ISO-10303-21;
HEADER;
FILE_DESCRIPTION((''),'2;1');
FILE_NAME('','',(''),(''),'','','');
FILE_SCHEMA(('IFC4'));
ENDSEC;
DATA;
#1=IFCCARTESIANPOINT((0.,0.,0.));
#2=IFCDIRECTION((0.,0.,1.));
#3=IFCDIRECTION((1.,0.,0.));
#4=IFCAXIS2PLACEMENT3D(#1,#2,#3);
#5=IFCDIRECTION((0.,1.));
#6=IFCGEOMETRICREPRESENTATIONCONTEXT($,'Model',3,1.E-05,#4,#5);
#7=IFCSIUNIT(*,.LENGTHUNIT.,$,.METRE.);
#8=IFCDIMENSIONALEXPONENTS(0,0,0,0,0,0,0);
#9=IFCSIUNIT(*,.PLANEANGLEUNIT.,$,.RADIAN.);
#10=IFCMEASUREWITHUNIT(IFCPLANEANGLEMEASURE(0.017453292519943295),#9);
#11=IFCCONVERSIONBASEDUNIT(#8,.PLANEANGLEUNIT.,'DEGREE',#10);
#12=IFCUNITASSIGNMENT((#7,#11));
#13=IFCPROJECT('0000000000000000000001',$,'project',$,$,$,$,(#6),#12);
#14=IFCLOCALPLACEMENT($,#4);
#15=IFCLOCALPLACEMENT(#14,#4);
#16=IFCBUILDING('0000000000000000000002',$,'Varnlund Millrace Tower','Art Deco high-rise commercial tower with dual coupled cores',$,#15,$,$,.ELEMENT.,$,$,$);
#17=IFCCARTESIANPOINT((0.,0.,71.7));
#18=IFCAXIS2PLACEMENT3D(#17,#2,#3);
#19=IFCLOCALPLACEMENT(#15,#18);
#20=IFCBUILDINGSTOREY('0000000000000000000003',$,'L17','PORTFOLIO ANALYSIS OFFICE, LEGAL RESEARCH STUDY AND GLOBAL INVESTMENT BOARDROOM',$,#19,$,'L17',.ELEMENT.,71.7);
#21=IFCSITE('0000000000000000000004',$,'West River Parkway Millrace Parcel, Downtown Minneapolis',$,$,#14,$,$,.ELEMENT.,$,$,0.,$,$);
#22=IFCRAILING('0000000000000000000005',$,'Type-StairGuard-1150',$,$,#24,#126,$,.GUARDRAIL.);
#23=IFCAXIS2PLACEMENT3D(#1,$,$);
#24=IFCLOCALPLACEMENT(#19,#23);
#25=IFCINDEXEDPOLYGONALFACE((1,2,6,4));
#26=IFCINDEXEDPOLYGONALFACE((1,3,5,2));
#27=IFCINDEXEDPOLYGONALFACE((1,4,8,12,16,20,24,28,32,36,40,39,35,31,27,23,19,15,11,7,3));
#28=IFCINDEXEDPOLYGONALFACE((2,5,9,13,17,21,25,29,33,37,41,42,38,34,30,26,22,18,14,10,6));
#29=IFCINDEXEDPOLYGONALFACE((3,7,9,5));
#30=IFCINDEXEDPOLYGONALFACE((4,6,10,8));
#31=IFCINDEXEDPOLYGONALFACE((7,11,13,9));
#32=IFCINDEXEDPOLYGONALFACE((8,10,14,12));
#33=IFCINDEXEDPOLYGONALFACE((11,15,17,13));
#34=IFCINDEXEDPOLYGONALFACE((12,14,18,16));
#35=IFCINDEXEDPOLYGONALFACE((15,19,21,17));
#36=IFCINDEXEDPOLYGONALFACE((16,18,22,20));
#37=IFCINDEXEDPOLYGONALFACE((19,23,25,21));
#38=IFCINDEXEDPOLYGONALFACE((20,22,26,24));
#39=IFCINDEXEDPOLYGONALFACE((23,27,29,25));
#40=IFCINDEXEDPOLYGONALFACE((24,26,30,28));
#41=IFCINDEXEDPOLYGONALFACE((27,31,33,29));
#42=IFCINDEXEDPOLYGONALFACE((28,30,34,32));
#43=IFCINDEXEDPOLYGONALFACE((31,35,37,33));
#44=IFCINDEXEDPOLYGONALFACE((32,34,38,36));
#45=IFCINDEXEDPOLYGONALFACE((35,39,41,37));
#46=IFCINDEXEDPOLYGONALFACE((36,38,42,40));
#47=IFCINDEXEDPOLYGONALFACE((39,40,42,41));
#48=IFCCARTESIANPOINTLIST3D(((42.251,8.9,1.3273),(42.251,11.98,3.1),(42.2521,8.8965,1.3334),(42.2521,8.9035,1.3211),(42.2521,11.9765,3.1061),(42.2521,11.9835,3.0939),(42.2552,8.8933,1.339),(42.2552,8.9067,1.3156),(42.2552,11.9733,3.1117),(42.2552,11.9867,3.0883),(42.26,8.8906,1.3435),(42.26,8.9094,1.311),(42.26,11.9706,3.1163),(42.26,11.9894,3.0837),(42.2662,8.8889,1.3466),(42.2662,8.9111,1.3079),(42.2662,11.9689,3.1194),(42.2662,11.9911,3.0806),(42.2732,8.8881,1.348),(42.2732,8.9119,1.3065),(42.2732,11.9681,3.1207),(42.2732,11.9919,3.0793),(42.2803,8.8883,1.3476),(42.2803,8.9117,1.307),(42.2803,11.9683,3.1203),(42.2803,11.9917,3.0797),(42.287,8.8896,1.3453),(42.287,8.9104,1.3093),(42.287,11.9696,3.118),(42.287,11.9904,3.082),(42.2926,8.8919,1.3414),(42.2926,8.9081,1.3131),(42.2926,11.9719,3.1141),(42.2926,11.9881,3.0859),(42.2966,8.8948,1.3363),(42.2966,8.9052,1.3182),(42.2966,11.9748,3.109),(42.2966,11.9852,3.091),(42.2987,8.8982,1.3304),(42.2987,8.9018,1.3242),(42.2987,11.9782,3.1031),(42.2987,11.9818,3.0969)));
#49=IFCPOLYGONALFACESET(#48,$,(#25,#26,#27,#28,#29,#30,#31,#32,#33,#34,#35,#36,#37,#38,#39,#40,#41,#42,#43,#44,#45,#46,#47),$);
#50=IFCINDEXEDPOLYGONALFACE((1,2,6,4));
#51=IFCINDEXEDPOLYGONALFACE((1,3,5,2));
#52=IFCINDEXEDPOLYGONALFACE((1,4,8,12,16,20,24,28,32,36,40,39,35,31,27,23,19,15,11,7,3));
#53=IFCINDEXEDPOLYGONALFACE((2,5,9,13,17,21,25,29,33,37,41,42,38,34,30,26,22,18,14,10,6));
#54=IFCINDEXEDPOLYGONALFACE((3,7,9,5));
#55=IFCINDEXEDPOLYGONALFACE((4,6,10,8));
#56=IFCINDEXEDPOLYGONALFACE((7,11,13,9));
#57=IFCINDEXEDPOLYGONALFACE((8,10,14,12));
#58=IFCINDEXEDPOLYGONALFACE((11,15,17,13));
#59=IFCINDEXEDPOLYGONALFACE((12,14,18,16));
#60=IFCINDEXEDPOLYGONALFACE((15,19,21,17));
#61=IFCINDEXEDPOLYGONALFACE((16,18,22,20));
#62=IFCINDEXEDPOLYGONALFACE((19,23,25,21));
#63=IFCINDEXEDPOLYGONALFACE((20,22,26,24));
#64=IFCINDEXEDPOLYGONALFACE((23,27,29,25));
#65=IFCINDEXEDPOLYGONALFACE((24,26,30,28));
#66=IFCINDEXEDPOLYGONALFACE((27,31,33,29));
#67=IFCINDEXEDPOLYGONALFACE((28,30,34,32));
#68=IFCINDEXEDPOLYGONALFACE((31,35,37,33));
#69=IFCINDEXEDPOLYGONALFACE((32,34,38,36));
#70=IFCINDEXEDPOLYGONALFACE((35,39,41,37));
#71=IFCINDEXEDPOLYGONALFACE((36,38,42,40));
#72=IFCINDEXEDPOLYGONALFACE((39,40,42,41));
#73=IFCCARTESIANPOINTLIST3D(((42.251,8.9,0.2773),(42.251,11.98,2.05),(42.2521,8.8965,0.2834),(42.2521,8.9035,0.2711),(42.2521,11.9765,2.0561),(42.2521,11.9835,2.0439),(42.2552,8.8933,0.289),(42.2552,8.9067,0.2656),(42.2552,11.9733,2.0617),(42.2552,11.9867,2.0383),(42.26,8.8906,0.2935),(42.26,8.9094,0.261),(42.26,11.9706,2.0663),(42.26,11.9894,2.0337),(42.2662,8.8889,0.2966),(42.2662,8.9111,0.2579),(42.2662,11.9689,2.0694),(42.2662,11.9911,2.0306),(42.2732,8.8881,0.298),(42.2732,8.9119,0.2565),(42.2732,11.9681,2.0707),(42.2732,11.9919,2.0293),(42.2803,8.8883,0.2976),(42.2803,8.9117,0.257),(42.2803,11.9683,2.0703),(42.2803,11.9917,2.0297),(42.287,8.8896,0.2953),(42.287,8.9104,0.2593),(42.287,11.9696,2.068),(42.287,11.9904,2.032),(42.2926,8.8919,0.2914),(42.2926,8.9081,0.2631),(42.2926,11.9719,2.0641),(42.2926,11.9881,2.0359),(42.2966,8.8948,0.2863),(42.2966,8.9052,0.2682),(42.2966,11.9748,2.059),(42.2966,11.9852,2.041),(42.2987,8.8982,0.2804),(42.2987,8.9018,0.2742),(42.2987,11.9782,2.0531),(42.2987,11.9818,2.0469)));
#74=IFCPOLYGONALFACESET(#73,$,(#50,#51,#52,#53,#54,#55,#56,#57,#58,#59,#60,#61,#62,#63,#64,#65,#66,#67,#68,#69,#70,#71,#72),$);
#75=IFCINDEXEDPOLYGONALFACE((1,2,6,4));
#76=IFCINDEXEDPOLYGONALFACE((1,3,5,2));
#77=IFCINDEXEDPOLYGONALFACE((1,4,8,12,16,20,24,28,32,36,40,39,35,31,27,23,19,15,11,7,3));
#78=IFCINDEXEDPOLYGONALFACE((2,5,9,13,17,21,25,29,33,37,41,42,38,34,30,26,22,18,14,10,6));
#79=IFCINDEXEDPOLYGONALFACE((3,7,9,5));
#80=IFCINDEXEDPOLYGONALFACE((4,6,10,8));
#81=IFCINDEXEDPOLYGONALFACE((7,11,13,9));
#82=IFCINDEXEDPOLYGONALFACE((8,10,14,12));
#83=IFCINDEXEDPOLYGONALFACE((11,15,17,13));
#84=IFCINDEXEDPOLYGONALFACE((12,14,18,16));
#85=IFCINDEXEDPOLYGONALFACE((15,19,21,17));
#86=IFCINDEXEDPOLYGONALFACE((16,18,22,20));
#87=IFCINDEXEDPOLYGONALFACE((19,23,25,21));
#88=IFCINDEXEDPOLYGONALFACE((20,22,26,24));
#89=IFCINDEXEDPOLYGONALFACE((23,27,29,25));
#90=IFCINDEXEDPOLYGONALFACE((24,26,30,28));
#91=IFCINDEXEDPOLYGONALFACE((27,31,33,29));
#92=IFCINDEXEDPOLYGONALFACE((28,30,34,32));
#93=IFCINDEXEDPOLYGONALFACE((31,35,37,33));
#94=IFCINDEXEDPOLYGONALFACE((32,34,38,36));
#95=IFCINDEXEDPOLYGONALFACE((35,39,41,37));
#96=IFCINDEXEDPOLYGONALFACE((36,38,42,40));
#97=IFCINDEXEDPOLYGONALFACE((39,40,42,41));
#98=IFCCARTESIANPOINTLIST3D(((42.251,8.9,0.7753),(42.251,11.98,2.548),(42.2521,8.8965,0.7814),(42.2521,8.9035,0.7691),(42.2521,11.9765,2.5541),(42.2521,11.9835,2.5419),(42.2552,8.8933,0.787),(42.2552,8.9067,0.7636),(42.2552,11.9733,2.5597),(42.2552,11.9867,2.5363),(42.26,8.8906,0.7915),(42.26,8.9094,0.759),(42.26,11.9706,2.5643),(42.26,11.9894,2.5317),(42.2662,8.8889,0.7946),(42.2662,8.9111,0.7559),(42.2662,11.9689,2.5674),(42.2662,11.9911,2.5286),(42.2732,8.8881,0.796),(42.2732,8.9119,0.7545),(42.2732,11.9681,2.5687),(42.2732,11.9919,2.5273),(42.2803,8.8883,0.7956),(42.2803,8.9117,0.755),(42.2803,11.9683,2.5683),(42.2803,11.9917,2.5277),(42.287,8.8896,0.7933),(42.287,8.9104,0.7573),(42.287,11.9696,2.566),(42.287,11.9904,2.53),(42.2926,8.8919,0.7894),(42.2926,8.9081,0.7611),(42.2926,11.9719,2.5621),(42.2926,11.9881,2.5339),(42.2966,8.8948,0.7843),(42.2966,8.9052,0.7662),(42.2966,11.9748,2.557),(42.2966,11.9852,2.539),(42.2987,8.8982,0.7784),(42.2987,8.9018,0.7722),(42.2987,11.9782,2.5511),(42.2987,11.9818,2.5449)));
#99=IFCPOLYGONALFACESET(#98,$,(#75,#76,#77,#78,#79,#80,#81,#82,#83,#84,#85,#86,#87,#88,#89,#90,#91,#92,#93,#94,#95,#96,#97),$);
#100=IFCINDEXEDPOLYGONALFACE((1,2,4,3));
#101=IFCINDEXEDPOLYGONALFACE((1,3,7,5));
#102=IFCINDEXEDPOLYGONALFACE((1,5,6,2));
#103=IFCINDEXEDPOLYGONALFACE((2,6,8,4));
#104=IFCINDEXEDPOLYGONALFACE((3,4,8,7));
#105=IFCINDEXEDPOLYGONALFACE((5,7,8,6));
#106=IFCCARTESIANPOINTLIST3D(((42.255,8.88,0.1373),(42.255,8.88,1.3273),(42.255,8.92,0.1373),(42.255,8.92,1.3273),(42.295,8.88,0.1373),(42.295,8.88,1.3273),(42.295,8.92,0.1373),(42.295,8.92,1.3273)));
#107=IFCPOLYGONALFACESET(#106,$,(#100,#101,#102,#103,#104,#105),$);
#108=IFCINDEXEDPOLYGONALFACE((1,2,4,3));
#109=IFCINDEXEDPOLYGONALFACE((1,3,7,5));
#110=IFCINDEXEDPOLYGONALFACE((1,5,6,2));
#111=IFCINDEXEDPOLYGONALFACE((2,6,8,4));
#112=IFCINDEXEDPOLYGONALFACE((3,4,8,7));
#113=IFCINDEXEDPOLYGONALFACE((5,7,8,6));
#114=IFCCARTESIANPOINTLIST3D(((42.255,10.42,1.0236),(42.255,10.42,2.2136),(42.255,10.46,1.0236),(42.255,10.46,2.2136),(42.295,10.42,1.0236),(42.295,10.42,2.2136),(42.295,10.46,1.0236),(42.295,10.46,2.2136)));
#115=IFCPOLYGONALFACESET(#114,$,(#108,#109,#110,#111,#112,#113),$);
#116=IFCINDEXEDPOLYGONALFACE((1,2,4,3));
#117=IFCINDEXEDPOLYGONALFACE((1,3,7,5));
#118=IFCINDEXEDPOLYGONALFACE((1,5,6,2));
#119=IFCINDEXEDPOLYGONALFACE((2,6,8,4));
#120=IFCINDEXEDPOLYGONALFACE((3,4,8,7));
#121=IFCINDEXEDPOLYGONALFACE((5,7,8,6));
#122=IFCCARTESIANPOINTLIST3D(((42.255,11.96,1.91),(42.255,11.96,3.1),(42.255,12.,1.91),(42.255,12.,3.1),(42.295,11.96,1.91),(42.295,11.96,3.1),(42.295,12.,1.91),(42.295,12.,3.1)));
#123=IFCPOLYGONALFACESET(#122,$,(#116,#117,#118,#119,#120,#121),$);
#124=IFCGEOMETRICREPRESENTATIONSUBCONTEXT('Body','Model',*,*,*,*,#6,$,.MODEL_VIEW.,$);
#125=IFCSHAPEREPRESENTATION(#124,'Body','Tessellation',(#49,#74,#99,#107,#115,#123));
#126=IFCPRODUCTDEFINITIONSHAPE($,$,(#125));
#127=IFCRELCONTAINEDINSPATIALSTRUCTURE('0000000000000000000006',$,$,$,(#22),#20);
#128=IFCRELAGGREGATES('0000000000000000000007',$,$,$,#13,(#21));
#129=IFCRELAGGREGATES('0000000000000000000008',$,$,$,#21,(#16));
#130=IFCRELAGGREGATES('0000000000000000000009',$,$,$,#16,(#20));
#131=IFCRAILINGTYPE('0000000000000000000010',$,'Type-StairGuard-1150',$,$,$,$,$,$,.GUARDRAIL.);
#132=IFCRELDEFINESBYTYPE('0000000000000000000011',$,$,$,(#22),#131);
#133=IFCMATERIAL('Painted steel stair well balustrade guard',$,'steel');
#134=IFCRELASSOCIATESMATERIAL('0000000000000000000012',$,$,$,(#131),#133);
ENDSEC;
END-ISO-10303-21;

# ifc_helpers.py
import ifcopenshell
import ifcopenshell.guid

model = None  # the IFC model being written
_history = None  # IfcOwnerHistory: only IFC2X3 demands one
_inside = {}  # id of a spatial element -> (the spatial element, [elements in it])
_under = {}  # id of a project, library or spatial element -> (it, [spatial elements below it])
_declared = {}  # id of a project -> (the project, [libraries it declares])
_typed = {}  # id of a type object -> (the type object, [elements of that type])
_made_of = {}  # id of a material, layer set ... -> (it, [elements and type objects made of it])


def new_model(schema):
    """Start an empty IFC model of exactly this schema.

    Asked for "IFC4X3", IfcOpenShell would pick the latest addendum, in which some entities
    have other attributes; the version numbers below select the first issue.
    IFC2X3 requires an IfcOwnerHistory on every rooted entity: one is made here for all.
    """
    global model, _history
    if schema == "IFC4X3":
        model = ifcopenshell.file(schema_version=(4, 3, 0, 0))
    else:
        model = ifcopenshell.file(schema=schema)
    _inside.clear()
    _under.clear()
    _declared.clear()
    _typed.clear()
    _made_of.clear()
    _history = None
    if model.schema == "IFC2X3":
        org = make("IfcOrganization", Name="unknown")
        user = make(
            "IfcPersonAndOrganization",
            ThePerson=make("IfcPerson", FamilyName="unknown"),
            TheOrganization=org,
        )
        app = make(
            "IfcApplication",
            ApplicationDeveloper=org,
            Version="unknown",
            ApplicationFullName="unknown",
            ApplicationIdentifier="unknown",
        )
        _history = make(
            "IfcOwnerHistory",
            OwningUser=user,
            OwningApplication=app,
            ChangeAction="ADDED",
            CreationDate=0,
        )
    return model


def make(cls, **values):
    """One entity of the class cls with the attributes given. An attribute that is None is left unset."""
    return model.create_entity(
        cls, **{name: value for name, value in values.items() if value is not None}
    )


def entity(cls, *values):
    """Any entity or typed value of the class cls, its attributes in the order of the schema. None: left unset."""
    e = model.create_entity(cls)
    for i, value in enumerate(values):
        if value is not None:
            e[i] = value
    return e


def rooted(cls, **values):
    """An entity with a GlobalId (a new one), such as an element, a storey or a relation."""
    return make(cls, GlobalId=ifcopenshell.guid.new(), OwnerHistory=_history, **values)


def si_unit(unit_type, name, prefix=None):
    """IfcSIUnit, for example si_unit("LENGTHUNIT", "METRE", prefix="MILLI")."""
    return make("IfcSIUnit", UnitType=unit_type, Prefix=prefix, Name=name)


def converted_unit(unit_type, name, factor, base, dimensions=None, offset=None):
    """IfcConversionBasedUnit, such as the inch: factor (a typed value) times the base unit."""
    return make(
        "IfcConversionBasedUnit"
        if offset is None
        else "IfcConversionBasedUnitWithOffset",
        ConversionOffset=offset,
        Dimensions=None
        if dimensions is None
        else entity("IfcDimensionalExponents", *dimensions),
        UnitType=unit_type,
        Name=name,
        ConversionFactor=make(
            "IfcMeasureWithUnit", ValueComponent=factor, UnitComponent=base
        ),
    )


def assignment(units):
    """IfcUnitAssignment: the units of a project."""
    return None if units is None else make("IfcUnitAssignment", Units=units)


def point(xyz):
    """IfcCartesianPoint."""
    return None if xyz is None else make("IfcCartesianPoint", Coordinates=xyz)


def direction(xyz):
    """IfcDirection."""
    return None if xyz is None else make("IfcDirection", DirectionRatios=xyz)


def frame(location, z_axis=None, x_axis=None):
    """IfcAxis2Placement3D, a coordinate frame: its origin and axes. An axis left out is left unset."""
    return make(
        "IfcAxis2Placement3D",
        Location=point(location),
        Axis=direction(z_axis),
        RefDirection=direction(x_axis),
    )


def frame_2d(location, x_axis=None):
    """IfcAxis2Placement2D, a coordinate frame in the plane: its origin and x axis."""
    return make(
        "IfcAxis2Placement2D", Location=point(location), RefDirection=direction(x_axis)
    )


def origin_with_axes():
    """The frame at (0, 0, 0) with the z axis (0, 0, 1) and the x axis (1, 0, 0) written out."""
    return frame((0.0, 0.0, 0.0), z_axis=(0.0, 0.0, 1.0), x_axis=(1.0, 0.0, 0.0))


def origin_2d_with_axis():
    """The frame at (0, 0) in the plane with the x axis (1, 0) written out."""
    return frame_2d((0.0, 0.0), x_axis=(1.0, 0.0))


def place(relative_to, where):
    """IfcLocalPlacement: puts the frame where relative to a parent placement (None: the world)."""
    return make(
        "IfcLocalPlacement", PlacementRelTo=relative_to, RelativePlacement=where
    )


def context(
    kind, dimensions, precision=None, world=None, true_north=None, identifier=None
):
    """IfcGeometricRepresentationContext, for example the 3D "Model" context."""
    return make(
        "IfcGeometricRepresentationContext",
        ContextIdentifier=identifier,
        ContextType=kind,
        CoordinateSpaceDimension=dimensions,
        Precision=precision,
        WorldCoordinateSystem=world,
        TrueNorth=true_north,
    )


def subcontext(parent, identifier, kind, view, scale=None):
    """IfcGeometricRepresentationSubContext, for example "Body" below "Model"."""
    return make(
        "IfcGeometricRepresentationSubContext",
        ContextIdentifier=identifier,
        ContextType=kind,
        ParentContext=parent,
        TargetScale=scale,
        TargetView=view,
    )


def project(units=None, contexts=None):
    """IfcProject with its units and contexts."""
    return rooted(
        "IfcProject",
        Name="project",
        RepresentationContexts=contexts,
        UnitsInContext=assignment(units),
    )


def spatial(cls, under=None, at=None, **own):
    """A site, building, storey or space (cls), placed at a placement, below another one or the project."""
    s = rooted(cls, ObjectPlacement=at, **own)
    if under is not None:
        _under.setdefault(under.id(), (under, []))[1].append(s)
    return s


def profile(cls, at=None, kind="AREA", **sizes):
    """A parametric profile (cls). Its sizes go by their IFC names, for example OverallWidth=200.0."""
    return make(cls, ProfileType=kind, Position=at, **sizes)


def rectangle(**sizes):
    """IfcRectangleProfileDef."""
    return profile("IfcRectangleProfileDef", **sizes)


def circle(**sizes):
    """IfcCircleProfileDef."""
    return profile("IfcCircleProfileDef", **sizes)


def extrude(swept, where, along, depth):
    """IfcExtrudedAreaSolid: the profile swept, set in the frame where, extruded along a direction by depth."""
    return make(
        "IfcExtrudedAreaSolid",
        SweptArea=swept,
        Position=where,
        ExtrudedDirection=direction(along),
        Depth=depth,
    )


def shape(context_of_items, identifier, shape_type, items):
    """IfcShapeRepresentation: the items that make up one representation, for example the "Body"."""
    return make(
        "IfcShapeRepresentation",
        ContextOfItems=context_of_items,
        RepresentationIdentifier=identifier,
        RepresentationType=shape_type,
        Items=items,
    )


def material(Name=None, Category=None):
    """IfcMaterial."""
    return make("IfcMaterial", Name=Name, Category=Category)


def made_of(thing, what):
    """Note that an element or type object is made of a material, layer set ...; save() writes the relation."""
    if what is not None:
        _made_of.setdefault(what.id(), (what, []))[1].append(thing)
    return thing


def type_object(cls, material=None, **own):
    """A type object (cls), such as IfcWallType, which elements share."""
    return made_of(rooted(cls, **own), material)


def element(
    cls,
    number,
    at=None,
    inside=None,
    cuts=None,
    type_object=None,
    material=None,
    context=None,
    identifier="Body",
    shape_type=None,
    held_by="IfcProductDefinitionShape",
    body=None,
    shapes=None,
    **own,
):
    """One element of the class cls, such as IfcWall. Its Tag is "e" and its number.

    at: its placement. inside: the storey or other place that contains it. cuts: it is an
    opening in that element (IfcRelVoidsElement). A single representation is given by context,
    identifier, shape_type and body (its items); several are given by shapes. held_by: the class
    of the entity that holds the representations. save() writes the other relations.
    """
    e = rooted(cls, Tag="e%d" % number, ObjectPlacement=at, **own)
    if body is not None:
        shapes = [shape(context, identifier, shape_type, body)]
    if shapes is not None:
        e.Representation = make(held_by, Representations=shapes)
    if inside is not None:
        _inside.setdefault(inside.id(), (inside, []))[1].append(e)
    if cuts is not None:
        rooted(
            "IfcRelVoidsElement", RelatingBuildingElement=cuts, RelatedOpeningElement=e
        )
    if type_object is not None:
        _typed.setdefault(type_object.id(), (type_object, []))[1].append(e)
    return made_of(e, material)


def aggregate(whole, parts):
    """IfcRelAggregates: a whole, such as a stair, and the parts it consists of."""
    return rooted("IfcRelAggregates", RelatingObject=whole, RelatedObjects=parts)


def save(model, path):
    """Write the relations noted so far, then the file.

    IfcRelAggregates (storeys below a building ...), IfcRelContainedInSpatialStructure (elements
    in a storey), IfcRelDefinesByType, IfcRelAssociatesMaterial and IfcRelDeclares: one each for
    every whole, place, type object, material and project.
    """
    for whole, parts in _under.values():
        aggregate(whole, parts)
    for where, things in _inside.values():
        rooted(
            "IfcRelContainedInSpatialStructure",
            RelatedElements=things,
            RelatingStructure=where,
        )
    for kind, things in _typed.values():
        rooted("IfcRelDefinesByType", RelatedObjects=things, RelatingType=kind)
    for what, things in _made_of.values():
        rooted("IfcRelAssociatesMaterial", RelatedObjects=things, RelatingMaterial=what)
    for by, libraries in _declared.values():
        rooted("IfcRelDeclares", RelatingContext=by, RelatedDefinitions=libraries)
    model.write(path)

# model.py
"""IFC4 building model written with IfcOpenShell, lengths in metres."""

from ifc_helpers import new_model, entity, si_unit, converted_unit, direction, frame, origin_with_axes, origin_2d_with_axis, place, context, subcontext, project, spatial, rectangle, circle, extrude, material, type_object, element, save


model = new_model("IFC4")

# Units and contexts
model_context = context("Model", 3, precision=1e-05, world=origin_with_axes(), true_north=direction((0.0, 1.0)))
body_context = subcontext(model_context, "Body", "Model", "MODEL_VIEW")
ifc_project = project(units=[si_unit("LENGTHUNIT", "METRE"), converted_unit("PLANEANGLEUNIT", "DEGREE", entity("IfcPlaneAngleMeasure", 0.017453292519943295), si_unit("PLANEANGLEUNIT", "RADIAN"), dimensions=[0, 0, 0, 0, 0, 0, 0])], contexts=[model_context])

# Site, building, storey
site_placement = place(None, origin_with_axes())
site = spatial("IfcSite", under=ifc_project, at=site_placement, Name="West River Parkway Millrace Parcel, Downtown Minneapolis", CompositionType="ELEMENT", RefElevation=0.0)
building_placement = place(site_placement, origin_with_axes())
building = spatial("IfcBuilding", under=site, at=building_placement, Name="Varnlund Millrace Tower", Description="Art Deco high-rise commercial tower with dual coupled cores", CompositionType="ELEMENT")
storey_placement = place(building_placement, frame((0.0, 0.0, 71.7), z_axis=(0.0, 0.0, 1.0), x_axis=(1.0, 0.0, 0.0)))
storey = spatial("IfcBuildingStorey", under=building, at=storey_placement, Name="L17", Description="PORTFOLIO ANALYSIS OFFICE, LEGAL RESEARCH STUDY AND GLOBAL INVESTMENT BOARDROOM", LongName="L17", CompositionType="ELEMENT", Elevation=71.7)

# Railing
ifc_material_1 = material(Name="Painted steel stair well balustrade guard", Category="steel")
railing_type_1 = type_object("IfcRailingType", Name="Type-StairGuard-1150", PredefinedType="GUARDRAIL", material=ifc_material_1)
railing_1_placement = place(storey_placement, frame((0.0, 0.0, -71.7), z_axis=(0.0, 0.0, 1.0), x_axis=(1.0, 0.0, 0.0)))
element("IfcRailing", 1, at=railing_1_placement, inside=storey, type_object=railing_type_1, Name="Type-StairGuard-1150", PredefinedType="GUARDRAIL", context=body_context, shape_type="SweptSolid", body=[
    extrude(circle(Radius=0.024, at=origin_2d_with_axis()), frame((42.275, 8.9, 73.0273), z_axis=(0.0, 0.866696, 0.498836), x_axis=(-1.0, 0.0, 0.0)), (0.0, 0.0, 1.0), 3.5537),
    extrude(circle(Radius=0.024, at=origin_2d_with_axis()), frame((42.275, 8.9, 71.9773), z_axis=(0.0, 0.866696, 0.498836), x_axis=(-1.0, 0.0, 0.0)), (0.0, 0.0, 1.0), 3.5537),
    extrude(circle(Radius=0.024, at=origin_2d_with_axis()), frame((42.275, 8.9, 72.4753), z_axis=(0.0, 0.866696, 0.498836), x_axis=(-1.0, 0.0, 0.0)), (0.0, 0.0, 1.0), 3.5537),
    extrude(rectangle(XDim=0.04, YDim=0.04, at=origin_2d_with_axis()), frame((42.275, 8.9, 71.8373), z_axis=(0.0, 0.0, 1.0), x_axis=(1.0, 0.0, 0.0)), (0.0, 0.0, 1.0), 1.19),
    extrude(rectangle(XDim=0.04, YDim=0.04, at=origin_2d_with_axis()), frame((42.275, 10.44, 72.7236), z_axis=(0.0, 0.0, 1.0), x_axis=(1.0, 0.0, 0.0)), (0.0, 0.0, 1.0), 1.19),
    extrude(rectangle(XDim=0.04, YDim=0.04, at=origin_2d_with_axis()), frame((42.275, 11.98, 73.61), z_axis=(0.0, 0.0, 1.0), x_axis=(1.0, 0.0, 0.0)), (0.0, 0.0, 1.0), 1.19),
])

save(model, "model.ifc")
